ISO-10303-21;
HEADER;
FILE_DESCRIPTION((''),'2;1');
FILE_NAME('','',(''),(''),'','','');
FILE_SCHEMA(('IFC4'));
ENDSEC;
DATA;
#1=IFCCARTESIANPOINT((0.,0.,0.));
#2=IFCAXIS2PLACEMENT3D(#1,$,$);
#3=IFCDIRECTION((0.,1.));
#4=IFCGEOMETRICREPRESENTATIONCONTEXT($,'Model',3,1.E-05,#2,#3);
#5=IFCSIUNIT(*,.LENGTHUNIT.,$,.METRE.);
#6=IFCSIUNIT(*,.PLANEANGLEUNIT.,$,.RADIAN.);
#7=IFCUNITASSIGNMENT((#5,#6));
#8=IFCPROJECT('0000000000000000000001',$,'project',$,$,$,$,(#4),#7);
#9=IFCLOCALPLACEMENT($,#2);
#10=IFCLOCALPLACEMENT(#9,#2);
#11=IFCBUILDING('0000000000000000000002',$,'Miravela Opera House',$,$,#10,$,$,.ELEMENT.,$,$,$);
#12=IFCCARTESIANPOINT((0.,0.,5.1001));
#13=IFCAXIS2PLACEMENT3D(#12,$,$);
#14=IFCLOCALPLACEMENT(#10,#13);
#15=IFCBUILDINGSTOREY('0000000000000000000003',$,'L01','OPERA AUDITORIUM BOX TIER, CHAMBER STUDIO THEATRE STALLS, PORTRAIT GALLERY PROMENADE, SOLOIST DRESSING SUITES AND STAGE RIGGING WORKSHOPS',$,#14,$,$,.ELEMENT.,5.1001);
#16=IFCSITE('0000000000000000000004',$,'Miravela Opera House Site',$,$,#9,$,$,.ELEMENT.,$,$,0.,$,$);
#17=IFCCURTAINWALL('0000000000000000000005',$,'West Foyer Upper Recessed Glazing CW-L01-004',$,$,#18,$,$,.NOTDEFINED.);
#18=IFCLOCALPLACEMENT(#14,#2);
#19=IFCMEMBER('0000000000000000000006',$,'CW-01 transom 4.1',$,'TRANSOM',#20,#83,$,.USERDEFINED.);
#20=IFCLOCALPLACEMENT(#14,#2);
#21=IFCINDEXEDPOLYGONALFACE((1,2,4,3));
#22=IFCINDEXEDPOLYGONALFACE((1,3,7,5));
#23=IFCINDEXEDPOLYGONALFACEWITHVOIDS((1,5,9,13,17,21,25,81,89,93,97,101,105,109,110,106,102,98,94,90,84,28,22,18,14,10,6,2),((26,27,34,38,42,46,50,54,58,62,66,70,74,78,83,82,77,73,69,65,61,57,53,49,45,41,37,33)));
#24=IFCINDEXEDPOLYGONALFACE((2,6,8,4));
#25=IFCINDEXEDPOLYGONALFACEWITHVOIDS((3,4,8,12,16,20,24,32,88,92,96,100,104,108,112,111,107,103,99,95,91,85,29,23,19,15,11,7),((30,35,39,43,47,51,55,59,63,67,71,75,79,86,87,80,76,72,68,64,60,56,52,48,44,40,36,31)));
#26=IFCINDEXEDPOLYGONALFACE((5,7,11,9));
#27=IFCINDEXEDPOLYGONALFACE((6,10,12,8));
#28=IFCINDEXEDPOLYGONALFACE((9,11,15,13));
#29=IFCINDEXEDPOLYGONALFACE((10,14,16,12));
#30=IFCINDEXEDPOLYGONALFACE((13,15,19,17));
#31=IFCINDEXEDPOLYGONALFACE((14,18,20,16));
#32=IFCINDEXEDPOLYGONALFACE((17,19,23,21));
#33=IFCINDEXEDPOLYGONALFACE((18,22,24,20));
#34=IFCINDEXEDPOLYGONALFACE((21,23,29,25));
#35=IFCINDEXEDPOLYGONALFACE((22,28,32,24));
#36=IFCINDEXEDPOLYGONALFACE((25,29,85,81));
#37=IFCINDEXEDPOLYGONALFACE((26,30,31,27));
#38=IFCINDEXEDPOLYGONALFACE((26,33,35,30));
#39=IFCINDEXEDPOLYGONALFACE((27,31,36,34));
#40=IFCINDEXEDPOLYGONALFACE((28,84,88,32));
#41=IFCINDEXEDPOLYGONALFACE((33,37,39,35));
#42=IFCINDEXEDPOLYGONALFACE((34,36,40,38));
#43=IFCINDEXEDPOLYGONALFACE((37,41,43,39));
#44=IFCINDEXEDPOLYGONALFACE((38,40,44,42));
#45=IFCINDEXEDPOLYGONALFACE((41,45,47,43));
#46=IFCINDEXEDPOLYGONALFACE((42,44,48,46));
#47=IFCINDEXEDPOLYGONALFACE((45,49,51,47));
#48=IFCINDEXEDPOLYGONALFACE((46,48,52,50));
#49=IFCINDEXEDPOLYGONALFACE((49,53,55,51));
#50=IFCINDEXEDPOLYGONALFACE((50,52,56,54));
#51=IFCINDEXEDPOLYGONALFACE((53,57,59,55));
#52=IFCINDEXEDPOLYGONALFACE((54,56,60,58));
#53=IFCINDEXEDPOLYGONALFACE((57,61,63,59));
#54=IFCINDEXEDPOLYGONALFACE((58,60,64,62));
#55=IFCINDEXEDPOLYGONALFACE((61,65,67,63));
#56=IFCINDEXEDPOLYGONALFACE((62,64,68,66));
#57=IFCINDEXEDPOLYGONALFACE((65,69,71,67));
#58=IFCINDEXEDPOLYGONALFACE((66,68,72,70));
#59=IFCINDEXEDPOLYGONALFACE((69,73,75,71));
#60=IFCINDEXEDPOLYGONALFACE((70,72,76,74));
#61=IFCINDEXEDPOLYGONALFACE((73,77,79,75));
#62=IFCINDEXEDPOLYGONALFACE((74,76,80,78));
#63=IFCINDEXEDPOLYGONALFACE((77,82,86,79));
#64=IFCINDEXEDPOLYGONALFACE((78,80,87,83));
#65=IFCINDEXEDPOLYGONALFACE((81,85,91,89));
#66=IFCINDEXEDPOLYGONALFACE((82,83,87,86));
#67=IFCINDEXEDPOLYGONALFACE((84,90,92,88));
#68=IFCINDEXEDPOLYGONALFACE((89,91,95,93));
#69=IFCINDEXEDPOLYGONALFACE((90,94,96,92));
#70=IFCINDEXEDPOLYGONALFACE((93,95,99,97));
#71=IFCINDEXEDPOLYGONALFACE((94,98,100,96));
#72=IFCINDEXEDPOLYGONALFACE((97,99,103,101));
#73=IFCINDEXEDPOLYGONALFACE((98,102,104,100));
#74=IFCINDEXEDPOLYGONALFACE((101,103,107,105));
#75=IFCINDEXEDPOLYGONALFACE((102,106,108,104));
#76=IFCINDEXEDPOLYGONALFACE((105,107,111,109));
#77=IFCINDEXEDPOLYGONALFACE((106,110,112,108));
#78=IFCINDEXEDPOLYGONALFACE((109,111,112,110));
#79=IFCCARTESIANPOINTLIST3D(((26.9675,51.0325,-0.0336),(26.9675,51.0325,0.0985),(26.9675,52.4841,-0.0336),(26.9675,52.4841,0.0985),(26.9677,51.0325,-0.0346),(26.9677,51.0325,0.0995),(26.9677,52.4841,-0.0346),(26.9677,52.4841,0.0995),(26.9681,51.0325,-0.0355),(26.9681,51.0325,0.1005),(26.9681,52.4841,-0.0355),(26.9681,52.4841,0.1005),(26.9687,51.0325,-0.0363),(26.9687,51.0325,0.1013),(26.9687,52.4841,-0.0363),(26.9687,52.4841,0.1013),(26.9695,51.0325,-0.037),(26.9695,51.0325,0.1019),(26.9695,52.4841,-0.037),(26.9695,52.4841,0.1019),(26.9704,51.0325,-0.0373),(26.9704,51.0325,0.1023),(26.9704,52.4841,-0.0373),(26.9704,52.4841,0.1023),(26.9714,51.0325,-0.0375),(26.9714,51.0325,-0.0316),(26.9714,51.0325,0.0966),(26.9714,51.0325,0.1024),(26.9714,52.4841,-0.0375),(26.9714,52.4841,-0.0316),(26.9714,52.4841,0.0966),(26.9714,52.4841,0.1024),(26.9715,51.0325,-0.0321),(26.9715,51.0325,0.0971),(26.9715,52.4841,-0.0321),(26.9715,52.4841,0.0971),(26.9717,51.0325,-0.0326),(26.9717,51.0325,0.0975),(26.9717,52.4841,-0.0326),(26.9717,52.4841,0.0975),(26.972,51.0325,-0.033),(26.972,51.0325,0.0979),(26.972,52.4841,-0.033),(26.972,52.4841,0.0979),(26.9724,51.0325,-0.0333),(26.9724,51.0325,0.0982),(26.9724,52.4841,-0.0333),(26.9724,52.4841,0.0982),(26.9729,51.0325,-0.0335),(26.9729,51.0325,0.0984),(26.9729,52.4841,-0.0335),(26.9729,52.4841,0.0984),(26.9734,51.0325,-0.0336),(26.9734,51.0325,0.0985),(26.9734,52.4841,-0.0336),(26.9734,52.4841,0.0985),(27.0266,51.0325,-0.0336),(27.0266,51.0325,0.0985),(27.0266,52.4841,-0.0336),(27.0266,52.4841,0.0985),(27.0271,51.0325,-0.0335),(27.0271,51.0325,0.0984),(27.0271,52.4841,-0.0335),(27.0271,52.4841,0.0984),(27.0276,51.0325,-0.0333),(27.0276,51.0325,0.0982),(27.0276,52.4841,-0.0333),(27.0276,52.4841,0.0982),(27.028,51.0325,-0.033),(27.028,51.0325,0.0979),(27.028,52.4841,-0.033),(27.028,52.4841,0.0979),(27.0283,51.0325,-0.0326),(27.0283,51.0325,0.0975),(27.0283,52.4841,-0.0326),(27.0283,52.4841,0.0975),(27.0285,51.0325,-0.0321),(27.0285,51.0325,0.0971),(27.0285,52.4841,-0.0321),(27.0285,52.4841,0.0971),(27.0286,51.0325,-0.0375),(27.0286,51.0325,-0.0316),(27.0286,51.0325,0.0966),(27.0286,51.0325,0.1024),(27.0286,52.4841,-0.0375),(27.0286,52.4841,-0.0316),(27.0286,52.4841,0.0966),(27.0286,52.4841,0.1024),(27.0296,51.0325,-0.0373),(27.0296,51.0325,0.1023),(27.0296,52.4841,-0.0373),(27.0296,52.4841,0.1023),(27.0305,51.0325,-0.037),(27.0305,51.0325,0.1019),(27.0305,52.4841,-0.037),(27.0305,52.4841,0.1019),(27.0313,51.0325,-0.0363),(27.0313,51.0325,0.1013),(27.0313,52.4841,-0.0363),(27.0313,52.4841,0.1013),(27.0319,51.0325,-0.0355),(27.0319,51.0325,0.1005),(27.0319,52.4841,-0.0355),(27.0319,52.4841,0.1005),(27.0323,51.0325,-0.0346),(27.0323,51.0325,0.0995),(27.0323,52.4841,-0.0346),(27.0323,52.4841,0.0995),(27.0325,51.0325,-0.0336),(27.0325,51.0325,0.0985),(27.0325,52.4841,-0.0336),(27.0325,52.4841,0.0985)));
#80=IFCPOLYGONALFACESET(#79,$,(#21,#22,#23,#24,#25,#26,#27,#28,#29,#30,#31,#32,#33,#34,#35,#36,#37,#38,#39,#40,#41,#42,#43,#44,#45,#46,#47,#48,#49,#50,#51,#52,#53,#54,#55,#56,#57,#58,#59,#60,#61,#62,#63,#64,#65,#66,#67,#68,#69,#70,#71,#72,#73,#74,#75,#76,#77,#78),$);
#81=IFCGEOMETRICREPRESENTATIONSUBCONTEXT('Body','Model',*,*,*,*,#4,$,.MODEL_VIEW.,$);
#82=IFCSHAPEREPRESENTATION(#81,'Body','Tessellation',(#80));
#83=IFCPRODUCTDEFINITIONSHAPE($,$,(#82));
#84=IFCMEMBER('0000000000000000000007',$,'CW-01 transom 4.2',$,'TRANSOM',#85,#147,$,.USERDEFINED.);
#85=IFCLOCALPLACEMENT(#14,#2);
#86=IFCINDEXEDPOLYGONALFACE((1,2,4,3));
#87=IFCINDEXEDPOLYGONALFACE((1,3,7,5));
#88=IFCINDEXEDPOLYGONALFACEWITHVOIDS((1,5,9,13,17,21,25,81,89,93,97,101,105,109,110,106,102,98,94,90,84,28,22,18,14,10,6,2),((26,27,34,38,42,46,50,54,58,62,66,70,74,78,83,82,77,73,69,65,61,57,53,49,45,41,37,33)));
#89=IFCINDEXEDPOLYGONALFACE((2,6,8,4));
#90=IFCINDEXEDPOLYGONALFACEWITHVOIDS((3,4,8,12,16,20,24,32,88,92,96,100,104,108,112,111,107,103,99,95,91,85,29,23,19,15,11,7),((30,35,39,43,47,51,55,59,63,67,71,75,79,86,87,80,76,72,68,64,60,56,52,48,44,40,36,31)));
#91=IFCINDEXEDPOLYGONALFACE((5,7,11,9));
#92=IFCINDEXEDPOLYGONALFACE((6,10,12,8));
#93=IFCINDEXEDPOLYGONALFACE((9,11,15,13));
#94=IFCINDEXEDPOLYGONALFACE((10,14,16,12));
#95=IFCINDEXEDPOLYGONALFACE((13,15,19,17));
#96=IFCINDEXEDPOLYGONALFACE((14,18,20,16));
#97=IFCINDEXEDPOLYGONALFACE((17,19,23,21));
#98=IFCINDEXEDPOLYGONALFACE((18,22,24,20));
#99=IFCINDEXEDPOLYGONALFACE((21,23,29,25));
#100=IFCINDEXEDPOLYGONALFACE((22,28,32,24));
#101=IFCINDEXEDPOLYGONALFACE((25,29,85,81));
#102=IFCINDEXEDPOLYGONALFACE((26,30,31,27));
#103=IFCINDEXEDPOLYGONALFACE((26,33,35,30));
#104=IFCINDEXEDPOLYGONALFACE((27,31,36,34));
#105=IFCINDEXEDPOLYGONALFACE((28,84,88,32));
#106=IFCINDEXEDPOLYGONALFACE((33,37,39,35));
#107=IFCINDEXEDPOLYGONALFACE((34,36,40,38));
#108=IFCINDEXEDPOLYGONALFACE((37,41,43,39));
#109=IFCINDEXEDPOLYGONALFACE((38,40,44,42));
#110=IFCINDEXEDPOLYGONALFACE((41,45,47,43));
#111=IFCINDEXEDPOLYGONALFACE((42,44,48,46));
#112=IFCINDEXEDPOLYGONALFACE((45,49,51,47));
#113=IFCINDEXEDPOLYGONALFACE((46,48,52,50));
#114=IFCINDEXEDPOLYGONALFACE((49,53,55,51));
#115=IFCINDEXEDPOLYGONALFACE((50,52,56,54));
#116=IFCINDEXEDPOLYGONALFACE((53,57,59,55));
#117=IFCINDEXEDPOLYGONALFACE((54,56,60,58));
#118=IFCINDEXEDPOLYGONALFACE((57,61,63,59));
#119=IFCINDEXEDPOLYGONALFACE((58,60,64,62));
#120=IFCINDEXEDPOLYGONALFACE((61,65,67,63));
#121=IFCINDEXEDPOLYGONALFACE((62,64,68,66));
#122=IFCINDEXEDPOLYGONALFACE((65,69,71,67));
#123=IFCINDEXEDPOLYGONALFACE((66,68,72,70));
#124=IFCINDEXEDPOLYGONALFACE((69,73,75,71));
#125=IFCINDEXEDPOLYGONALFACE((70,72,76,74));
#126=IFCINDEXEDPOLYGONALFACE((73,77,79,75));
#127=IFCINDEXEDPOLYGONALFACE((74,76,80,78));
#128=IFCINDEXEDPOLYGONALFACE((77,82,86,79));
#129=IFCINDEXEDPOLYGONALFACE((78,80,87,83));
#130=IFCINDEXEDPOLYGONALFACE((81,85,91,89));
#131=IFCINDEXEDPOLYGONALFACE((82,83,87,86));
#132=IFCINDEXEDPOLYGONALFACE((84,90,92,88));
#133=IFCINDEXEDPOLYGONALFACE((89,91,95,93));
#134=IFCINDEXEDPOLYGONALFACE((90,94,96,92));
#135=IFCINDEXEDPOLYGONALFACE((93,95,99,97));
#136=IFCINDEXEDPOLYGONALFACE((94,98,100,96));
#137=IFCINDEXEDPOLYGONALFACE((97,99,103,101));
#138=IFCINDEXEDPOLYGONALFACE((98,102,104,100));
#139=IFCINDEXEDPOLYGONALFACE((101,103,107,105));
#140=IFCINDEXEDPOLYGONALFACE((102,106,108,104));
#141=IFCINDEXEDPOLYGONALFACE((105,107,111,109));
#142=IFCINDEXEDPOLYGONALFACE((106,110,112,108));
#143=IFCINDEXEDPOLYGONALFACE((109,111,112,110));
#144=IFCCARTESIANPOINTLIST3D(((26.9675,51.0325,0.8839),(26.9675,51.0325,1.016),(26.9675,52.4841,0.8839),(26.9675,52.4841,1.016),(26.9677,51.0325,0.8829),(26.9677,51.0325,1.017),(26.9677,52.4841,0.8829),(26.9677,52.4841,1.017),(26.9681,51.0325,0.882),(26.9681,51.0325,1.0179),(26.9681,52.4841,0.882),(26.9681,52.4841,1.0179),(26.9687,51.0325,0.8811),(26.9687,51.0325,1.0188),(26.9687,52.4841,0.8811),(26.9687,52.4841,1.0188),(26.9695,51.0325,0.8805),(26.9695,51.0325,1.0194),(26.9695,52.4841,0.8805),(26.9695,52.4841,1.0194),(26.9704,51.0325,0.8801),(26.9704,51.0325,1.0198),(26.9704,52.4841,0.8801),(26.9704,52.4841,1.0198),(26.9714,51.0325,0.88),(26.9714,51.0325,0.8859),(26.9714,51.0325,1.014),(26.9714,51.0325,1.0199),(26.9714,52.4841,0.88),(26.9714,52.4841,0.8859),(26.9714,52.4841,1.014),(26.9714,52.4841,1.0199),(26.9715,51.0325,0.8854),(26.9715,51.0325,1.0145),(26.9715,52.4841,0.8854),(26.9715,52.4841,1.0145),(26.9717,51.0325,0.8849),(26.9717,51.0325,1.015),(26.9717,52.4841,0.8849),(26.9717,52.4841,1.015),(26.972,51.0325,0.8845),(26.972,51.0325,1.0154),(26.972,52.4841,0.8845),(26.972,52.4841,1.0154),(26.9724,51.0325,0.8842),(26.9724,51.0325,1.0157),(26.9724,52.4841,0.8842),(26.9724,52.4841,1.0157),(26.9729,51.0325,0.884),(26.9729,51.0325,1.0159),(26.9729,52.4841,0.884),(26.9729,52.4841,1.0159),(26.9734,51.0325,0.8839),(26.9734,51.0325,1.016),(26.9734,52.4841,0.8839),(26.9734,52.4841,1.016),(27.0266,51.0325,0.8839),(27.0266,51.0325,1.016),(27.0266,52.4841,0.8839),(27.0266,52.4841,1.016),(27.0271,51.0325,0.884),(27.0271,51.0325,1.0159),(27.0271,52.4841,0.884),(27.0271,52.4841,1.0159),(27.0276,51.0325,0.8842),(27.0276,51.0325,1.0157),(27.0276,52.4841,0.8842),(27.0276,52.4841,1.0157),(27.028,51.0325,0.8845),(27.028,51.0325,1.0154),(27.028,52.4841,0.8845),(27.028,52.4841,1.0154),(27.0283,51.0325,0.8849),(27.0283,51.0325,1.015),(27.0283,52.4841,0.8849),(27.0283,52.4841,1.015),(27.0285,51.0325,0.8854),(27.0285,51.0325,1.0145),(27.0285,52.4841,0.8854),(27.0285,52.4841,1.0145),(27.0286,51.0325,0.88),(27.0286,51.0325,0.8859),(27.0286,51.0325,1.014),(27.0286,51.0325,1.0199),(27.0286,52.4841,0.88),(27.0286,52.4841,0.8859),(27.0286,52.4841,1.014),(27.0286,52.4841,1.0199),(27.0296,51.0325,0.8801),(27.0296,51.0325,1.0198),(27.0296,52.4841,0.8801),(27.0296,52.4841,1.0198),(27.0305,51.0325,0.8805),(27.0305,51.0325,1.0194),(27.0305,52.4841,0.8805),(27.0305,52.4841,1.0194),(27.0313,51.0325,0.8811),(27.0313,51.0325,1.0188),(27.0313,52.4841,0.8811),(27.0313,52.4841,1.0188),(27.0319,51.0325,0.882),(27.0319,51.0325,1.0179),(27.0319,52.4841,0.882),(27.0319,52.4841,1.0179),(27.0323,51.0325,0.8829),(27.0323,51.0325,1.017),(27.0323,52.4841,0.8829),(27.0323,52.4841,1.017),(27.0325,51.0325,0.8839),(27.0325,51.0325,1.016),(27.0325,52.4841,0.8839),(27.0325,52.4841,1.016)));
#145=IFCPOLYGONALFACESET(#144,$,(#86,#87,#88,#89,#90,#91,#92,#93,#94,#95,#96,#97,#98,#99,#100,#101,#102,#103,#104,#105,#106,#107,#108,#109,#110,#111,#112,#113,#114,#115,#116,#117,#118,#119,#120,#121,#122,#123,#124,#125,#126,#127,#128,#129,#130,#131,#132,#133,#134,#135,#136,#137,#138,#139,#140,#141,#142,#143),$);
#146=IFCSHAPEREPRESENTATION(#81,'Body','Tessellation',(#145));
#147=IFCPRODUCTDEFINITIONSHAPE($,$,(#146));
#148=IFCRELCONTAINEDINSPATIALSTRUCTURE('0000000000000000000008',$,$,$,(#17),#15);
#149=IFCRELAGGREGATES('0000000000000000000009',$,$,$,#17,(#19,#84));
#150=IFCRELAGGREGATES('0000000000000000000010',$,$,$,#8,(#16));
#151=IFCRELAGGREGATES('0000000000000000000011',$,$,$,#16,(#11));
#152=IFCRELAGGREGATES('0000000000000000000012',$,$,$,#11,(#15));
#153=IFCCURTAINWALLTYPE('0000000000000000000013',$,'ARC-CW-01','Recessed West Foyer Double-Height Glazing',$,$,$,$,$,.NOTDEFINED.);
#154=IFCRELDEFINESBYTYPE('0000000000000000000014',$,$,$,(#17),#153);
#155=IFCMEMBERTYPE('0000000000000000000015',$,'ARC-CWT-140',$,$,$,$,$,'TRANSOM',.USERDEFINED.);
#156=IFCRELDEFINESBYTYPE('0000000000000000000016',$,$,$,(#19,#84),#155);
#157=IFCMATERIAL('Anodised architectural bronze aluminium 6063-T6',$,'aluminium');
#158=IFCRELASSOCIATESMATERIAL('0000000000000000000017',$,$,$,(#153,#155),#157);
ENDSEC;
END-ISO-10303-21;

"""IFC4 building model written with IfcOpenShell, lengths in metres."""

from ifc_helpers import new_model, si_unit, direction, frame, origin, origin_2d, place, context, subcontext, project, spatial, hollow_rectangle, extrude, material, material_profile, profile_set, type_object, element, aggregate, save


model = new_model("IFC4")

# Units and contexts
model_context = context("Model", 3, precision=1e-05, world=origin(), true_north=direction((0.0, 1.0)))
body_context = subcontext(model_context, "Body", "Model", "MODEL_VIEW")
ifc_project = project(units=[si_unit("LENGTHUNIT", "METRE"), si_unit("PLANEANGLEUNIT", "RADIAN")], contexts=[model_context])

# Site, building, storey
site_placement = place(None, origin())
site = spatial("IfcSite", under=ifc_project, at=site_placement, Name="Miravela Opera House Site", CompositionType="ELEMENT", RefElevation=0.0)
building_placement = place(site_placement, origin())
building = spatial("IfcBuilding", under=site, at=building_placement, Name="Miravela Opera House", CompositionType="ELEMENT")
storey_placement = place(building_placement, frame((0.0, 0.0, 5.1001)))
storey = spatial("IfcBuildingStorey", under=building, at=storey_placement, Name="L01", Description="OPERA AUDITORIUM BOX TIER, CHAMBER STUDIO THEATRE STALLS, PORTRAIT GALLERY PROMENADE, SOLOIST DRESSING SUITES AND STAGE RIGGING WORKSHOPS", CompositionType="ELEMENT", Elevation=5.1001)

# Curtain wall, members
ifc_material_1 = material(Name="Anodised architectural bronze aluminium 6063-T6", Category="aluminium")
curtain_wall_type = type_object("IfcCurtainWallType", Name="ARC-CW-01", Description="Recessed West Foyer Double-Height Glazing", PredefinedType="NOTDEFINED", material=ifc_material_1)
curtain_wall_placement = place(storey_placement, origin())
curtain_wall = element("IfcCurtainWall", 1, at=curtain_wall_placement, inside=storey, type_object=curtain_wall_type, Name="West Foyer Upper Recessed Glazing CW-L01-004", PredefinedType="NOTDEFINED")
ifc_material_profile_1 = material_profile(ifc_material_1, hollow_rectangle(XDim=0.0649, YDim=0.1399, WallThickness=0.0039, InnerFilletRadius=0.002, OuterFilletRadius=0.0039, at=origin_2d()), Name="CWT-65X140")
ifc_profile_set_1 = profile_set([ifc_material_profile_1])
member_type_1 = type_object("IfcMemberType", Name="ARC-CWT-140", ElementType="TRANSOM", PredefinedType="USERDEFINED", material=ifc_profile_set_1)
member_1_placement = place(storey_placement, frame((27.0, 51.0325, 0.0325), z_axis=(0.0, 1.0, 0.0), x_axis=(-1.0, 0.0, 0.0)))
member_1 = element("IfcMember", 2, at=member_1_placement, type_object=member_type_1, Name="CW-01 transom 4.1", ObjectType="TRANSOM", PredefinedType="USERDEFINED", context=body_context, shape_type="SweptSolid", body=[
    extrude(hollow_rectangle(XDim=0.0649, YDim=0.1399, WallThickness=0.0039, InnerFilletRadius=0.002, OuterFilletRadius=0.0039, at=origin_2d()), origin(), (0.0, 0.0, 1.0), 1.4517),
])
member_2_placement = place(storey_placement, frame((27.0, 51.0325, 0.95), z_axis=(0.0, 1.0, 0.0), x_axis=(-1.0, 0.0, 0.0)))
member_2 = element("IfcMember", 3, at=member_2_placement, type_object=member_type_1, Name="CW-01 transom 4.2", ObjectType="TRANSOM", PredefinedType="USERDEFINED", context=body_context, shape_type="SweptSolid", body=[
    extrude(hollow_rectangle(XDim=0.0649, YDim=0.1399, WallThickness=0.0039, InnerFilletRadius=0.002, OuterFilletRadius=0.0039, at=origin_2d()), origin(), (0.0, 0.0, 1.0), 1.4517),
])
aggregate(curtain_wall, [member_1, member_2])

save(model, "model.ifc")
